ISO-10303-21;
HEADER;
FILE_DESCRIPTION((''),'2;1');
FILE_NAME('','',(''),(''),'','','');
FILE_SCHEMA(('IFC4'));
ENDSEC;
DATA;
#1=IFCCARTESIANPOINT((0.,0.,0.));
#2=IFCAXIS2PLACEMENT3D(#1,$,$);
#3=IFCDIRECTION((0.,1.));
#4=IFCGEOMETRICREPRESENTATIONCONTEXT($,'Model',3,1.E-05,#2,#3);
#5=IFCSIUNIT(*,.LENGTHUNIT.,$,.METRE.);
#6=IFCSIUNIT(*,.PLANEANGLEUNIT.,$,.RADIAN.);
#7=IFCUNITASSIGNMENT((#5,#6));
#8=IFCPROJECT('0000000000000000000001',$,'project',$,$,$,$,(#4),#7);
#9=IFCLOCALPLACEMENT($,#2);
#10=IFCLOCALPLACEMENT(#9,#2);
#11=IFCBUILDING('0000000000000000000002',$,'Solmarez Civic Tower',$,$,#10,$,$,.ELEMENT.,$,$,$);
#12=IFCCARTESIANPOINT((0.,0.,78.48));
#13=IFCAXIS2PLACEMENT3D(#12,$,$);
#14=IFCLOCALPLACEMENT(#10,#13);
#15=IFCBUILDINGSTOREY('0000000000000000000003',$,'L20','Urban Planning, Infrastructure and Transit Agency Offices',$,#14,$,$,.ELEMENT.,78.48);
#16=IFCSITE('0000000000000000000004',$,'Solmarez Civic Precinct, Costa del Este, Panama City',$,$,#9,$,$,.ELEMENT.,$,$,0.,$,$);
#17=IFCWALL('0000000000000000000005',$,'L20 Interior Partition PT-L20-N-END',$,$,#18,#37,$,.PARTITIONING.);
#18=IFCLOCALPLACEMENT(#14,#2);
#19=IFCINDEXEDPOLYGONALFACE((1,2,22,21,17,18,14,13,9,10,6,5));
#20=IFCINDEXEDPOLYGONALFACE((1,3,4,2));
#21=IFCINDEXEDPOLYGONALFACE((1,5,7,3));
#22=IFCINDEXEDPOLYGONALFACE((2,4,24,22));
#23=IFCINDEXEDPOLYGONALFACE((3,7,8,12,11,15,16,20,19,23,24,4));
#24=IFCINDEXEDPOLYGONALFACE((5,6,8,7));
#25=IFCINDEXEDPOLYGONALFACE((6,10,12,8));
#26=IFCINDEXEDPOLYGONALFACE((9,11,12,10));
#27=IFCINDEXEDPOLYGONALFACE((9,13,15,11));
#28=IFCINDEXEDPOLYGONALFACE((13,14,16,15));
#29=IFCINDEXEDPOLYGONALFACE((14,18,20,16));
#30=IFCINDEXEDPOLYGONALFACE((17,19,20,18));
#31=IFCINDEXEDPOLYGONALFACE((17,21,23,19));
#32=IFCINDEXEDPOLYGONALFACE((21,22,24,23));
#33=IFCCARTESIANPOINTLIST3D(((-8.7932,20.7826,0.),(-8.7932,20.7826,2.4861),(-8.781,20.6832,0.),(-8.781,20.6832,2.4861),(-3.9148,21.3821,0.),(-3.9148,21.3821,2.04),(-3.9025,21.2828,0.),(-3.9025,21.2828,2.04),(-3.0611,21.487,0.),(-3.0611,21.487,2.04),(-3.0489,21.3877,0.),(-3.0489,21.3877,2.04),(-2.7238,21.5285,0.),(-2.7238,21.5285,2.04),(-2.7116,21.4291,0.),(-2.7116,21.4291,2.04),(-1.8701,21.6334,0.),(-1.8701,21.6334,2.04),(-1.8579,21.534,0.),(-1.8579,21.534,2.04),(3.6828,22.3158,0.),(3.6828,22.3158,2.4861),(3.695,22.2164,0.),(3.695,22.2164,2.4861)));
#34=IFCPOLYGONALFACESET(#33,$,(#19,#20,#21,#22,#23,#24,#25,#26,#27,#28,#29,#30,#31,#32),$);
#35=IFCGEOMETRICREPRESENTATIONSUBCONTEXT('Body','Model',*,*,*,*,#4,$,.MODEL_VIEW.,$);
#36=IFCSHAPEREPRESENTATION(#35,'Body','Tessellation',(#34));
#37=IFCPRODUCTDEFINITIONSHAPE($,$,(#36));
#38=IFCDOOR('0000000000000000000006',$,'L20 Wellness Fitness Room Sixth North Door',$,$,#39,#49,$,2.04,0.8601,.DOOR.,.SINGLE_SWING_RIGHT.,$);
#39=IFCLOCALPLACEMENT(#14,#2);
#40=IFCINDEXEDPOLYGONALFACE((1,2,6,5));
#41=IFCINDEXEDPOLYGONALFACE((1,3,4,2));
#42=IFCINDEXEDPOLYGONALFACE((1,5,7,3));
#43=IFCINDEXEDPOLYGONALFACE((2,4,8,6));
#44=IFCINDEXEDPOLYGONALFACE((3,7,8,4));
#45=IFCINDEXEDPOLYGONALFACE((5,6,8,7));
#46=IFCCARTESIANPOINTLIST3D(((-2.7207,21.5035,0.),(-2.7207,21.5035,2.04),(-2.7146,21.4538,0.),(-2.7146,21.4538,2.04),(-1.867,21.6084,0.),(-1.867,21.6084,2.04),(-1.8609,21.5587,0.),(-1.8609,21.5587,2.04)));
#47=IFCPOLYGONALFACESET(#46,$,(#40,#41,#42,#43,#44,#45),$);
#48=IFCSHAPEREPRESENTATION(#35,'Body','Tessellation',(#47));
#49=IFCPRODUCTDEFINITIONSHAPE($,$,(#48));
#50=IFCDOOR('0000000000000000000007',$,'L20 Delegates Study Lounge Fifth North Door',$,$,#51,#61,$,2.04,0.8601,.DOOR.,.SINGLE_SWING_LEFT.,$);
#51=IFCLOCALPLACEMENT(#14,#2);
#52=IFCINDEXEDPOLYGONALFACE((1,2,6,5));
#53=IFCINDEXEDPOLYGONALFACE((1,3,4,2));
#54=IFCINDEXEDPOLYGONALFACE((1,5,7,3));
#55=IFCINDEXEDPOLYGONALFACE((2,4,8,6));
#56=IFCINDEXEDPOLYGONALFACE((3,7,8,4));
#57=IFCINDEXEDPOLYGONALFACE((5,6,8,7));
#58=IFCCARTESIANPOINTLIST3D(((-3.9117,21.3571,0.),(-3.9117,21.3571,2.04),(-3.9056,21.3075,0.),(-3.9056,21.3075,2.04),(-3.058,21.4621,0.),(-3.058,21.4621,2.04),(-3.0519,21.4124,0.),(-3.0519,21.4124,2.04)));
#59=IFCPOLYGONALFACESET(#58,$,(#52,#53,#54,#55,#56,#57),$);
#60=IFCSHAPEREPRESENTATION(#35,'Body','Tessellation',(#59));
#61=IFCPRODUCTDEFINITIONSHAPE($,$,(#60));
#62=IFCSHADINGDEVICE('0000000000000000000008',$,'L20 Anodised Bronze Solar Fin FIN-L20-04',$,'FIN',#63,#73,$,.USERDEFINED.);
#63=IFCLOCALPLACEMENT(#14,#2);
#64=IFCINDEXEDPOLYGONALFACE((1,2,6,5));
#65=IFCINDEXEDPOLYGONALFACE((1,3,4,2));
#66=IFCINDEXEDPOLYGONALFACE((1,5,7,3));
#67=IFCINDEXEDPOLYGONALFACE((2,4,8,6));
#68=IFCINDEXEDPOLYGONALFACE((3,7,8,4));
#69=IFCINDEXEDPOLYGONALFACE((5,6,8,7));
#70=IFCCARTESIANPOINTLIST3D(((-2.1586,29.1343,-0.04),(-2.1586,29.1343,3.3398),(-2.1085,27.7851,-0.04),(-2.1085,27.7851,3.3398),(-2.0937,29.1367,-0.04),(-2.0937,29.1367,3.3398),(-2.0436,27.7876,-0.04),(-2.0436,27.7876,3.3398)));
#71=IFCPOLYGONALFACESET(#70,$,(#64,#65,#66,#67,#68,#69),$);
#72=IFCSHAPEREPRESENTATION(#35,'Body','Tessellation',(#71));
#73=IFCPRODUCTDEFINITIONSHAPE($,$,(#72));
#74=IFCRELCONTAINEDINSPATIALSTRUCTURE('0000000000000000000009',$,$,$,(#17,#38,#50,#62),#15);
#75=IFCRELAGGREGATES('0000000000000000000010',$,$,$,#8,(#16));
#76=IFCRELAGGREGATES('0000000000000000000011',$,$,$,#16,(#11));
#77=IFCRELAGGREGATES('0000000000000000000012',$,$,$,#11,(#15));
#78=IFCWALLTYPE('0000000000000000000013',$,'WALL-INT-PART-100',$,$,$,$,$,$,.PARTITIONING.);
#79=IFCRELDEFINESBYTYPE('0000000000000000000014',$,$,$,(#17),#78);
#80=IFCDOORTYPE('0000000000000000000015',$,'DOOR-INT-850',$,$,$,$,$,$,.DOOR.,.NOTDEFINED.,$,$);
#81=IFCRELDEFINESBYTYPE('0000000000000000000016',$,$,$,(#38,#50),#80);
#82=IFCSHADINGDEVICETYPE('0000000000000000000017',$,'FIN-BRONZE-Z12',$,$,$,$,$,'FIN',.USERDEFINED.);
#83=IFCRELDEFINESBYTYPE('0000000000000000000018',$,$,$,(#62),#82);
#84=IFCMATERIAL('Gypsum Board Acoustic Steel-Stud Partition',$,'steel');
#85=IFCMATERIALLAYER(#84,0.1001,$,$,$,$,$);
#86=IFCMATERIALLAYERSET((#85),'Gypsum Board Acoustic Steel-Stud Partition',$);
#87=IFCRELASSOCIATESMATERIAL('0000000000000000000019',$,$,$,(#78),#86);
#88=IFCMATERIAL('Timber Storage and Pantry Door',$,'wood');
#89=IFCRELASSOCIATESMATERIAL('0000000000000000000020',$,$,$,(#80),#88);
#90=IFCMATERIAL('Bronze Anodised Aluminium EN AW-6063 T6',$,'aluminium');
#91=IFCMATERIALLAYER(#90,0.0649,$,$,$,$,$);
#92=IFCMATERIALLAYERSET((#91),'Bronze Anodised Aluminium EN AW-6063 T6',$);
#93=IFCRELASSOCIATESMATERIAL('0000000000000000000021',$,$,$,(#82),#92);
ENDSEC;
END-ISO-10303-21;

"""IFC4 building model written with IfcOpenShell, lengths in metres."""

from ifc_helpers import new_model, si_unit, direction, frame, frame_2d, origin, origin_2d, place, context, subcontext, project, spatial, rectangle, extrude, material, layer, layer_set, type_object, element, fill, save


model = new_model("IFC4")

# Units and contexts
model_context = context("Model", 3, precision=1e-05, world=origin(), true_north=direction((0.0, 1.0)))
body_context = subcontext(model_context, "Body", "Model", "MODEL_VIEW")
ifc_project = project(units=[si_unit("LENGTHUNIT", "METRE"), si_unit("PLANEANGLEUNIT", "RADIAN")], contexts=[model_context])

# Site, building, storey
site_placement = place(None, origin())
site = spatial("IfcSite", under=ifc_project, at=site_placement, Name="Solmarez Civic Precinct, Costa del Este, Panama City", CompositionType="ELEMENT", RefElevation=0.0)
building_placement = place(site_placement, origin())
building = spatial("IfcBuilding", under=site, at=building_placement, Name="Solmarez Civic Tower", CompositionType="ELEMENT")
storey_placement = place(building_placement, frame((0.0, 0.0, 78.48)))
storey = spatial("IfcBuildingStorey", under=building, at=storey_placement, Name="L20", Description="Urban Planning, Infrastructure and Transit Agency Offices", CompositionType="ELEMENT", Elevation=78.48)

# Shared definitions
ifc_material_1 = material(Name="Gypsum Board Acoustic Steel-Stud Partition", Category="steel")
ifc_layer_1 = layer(ifc_material_1, 0.1001)
ifc_layer_set_1 = layer_set([ifc_layer_1], Name="Gypsum Board Acoustic Steel-Stud Partition")
wall_type_1 = type_object("IfcWallType", Name="WALL-INT-PART-100", PredefinedType="PARTITIONING", material=ifc_layer_set_1)

# Shared definitions
ifc_material_2 = material(Name="Timber Storage and Pantry Door", Category="wood")
door_type = type_object("IfcDoorType", Name="DOOR-INT-850", OperationType="NOTDEFINED", PredefinedType="DOOR", material=ifc_material_2)

# Wall, openings, doors
wall_1_placement = place(storey_placement, frame((-8.7871, 20.7329, 0.0), z_axis=(0.0, 0.0, 1.0), x_axis=(0.992533, 0.121974, 0.0)))
wall_1 = element("IfcWall", 1, at=wall_1_placement, inside=storey, type_object=wall_type_1, Name="L20 Interior Partition PT-L20-N-END", PredefinedType="PARTITIONING", context=body_context, shape_type="SweptSolid", body=[
    extrude(rectangle(XDim=12.5698, YDim=0.1001, at=frame_2d((6.2849, 0.0))), origin(), (0.0, 0.0, 1.0), 2.4861),
])
opening_1_placement = place(wall_1_placement, frame((6.115, 0.0, 0.0)))
opening_1 = element("IfcOpeningElement", 2, at=opening_1_placement, cuts=wall_1, PredefinedType="OPENING", context=body_context, shape_type="SweptSolid", body=[
    extrude(rectangle(XDim=0.8601, YDim=2.04, at=frame_2d((0.4302, 1.02))), frame((0.0, 0.0601, 0.0), z_axis=(0.0, -1.0, 0.0), x_axis=(1.0, 0.0, 0.0)), (0.0, 0.0, 1.0), 0.1201),
])
opening_2_placement = place(wall_1_placement, frame((4.915, 0.0, 0.0)))
opening_2 = element("IfcOpeningElement", 3, at=opening_2_placement, cuts=wall_1, PredefinedType="OPENING", context=body_context, shape_type="SweptSolid", body=[
    extrude(rectangle(XDim=0.8601, YDim=2.04, at=frame_2d((0.4302, 1.02))), frame((0.0, 0.0601, 0.0), z_axis=(0.0, -1.0, 0.0), x_axis=(1.0, 0.0, 0.0)), (0.0, 0.0, 1.0), 0.1201),
])
door_1_placement = place(opening_1_placement, origin())
door_1 = element("IfcDoor", 4, at=door_1_placement, inside=storey, type_object=door_type, Name="L20 Wellness Fitness Room Sixth North Door", OperationType="SINGLE_SWING_RIGHT", OverallHeight=2.04, OverallWidth=0.8601, PredefinedType="DOOR", context=body_context, shape_type="SweptSolid", body=[
    extrude(rectangle(XDim=0.8601, YDim=2.04, at=frame_2d((0.4302, 1.02))), frame((0.0, 0.0249, 0.0), z_axis=(0.0, -1.0, 0.0), x_axis=(1.0, 0.0, 0.0)), (0.0, 0.0, 1.0), 0.05),
])
fill(opening_1, door_1)
door_2_placement = place(opening_2_placement, origin())
door_2 = element("IfcDoor", 5, at=door_2_placement, inside=storey, type_object=door_type, Name="L20 Delegates Study Lounge Fifth North Door", OperationType="SINGLE_SWING_LEFT", OverallHeight=2.04, OverallWidth=0.8601, PredefinedType="DOOR", context=body_context, shape_type="SweptSolid", body=[
    extrude(rectangle(XDim=0.8601, YDim=2.04, at=frame_2d((0.4302, 1.02))), frame((0.0, 0.0249, 0.0), z_axis=(0.0, -1.0, 0.0), x_axis=(1.0, 0.0, 0.0)), (0.0, 0.0, 1.0), 0.05),
])
fill(opening_2, door_2)

# Shading device
ifc_material_3 = material(Name="Bronze Anodised Aluminium EN AW-6063 T6", Category="aluminium")
ifc_layer_2 = layer(ifc_material_3, 0.0649)
ifc_layer_set_2 = layer_set([ifc_layer_2], Name="Bronze Anodised Aluminium EN AW-6063 T6")
shading_device_type = type_object("IfcShadingDeviceType", Name="FIN-BRONZE-Z12", ElementType="FIN", PredefinedType="USERDEFINED", material=ifc_layer_set_2)
shading_device_placement = place(storey_placement, frame((-2.1011, 28.4609, -0.04), z_axis=(0.0, 0.0, 1.0), x_axis=(-0.037132, 0.99931, 0.0)))
element("IfcShadingDevice", 6, at=shading_device_placement, inside=storey, type_object=shading_device_type, Name="L20 Anodised Bronze Solar Fin FIN-L20-04", ObjectType="FIN", PredefinedType="USERDEFINED", context=body_context, shape_type="SweptSolid", body=[
    extrude(rectangle(XDim=1.3501, YDim=0.0649, at=origin_2d()), origin(), (0.0, 0.0, 1.0), 3.3799),
])

save(model, "model.ifc")
